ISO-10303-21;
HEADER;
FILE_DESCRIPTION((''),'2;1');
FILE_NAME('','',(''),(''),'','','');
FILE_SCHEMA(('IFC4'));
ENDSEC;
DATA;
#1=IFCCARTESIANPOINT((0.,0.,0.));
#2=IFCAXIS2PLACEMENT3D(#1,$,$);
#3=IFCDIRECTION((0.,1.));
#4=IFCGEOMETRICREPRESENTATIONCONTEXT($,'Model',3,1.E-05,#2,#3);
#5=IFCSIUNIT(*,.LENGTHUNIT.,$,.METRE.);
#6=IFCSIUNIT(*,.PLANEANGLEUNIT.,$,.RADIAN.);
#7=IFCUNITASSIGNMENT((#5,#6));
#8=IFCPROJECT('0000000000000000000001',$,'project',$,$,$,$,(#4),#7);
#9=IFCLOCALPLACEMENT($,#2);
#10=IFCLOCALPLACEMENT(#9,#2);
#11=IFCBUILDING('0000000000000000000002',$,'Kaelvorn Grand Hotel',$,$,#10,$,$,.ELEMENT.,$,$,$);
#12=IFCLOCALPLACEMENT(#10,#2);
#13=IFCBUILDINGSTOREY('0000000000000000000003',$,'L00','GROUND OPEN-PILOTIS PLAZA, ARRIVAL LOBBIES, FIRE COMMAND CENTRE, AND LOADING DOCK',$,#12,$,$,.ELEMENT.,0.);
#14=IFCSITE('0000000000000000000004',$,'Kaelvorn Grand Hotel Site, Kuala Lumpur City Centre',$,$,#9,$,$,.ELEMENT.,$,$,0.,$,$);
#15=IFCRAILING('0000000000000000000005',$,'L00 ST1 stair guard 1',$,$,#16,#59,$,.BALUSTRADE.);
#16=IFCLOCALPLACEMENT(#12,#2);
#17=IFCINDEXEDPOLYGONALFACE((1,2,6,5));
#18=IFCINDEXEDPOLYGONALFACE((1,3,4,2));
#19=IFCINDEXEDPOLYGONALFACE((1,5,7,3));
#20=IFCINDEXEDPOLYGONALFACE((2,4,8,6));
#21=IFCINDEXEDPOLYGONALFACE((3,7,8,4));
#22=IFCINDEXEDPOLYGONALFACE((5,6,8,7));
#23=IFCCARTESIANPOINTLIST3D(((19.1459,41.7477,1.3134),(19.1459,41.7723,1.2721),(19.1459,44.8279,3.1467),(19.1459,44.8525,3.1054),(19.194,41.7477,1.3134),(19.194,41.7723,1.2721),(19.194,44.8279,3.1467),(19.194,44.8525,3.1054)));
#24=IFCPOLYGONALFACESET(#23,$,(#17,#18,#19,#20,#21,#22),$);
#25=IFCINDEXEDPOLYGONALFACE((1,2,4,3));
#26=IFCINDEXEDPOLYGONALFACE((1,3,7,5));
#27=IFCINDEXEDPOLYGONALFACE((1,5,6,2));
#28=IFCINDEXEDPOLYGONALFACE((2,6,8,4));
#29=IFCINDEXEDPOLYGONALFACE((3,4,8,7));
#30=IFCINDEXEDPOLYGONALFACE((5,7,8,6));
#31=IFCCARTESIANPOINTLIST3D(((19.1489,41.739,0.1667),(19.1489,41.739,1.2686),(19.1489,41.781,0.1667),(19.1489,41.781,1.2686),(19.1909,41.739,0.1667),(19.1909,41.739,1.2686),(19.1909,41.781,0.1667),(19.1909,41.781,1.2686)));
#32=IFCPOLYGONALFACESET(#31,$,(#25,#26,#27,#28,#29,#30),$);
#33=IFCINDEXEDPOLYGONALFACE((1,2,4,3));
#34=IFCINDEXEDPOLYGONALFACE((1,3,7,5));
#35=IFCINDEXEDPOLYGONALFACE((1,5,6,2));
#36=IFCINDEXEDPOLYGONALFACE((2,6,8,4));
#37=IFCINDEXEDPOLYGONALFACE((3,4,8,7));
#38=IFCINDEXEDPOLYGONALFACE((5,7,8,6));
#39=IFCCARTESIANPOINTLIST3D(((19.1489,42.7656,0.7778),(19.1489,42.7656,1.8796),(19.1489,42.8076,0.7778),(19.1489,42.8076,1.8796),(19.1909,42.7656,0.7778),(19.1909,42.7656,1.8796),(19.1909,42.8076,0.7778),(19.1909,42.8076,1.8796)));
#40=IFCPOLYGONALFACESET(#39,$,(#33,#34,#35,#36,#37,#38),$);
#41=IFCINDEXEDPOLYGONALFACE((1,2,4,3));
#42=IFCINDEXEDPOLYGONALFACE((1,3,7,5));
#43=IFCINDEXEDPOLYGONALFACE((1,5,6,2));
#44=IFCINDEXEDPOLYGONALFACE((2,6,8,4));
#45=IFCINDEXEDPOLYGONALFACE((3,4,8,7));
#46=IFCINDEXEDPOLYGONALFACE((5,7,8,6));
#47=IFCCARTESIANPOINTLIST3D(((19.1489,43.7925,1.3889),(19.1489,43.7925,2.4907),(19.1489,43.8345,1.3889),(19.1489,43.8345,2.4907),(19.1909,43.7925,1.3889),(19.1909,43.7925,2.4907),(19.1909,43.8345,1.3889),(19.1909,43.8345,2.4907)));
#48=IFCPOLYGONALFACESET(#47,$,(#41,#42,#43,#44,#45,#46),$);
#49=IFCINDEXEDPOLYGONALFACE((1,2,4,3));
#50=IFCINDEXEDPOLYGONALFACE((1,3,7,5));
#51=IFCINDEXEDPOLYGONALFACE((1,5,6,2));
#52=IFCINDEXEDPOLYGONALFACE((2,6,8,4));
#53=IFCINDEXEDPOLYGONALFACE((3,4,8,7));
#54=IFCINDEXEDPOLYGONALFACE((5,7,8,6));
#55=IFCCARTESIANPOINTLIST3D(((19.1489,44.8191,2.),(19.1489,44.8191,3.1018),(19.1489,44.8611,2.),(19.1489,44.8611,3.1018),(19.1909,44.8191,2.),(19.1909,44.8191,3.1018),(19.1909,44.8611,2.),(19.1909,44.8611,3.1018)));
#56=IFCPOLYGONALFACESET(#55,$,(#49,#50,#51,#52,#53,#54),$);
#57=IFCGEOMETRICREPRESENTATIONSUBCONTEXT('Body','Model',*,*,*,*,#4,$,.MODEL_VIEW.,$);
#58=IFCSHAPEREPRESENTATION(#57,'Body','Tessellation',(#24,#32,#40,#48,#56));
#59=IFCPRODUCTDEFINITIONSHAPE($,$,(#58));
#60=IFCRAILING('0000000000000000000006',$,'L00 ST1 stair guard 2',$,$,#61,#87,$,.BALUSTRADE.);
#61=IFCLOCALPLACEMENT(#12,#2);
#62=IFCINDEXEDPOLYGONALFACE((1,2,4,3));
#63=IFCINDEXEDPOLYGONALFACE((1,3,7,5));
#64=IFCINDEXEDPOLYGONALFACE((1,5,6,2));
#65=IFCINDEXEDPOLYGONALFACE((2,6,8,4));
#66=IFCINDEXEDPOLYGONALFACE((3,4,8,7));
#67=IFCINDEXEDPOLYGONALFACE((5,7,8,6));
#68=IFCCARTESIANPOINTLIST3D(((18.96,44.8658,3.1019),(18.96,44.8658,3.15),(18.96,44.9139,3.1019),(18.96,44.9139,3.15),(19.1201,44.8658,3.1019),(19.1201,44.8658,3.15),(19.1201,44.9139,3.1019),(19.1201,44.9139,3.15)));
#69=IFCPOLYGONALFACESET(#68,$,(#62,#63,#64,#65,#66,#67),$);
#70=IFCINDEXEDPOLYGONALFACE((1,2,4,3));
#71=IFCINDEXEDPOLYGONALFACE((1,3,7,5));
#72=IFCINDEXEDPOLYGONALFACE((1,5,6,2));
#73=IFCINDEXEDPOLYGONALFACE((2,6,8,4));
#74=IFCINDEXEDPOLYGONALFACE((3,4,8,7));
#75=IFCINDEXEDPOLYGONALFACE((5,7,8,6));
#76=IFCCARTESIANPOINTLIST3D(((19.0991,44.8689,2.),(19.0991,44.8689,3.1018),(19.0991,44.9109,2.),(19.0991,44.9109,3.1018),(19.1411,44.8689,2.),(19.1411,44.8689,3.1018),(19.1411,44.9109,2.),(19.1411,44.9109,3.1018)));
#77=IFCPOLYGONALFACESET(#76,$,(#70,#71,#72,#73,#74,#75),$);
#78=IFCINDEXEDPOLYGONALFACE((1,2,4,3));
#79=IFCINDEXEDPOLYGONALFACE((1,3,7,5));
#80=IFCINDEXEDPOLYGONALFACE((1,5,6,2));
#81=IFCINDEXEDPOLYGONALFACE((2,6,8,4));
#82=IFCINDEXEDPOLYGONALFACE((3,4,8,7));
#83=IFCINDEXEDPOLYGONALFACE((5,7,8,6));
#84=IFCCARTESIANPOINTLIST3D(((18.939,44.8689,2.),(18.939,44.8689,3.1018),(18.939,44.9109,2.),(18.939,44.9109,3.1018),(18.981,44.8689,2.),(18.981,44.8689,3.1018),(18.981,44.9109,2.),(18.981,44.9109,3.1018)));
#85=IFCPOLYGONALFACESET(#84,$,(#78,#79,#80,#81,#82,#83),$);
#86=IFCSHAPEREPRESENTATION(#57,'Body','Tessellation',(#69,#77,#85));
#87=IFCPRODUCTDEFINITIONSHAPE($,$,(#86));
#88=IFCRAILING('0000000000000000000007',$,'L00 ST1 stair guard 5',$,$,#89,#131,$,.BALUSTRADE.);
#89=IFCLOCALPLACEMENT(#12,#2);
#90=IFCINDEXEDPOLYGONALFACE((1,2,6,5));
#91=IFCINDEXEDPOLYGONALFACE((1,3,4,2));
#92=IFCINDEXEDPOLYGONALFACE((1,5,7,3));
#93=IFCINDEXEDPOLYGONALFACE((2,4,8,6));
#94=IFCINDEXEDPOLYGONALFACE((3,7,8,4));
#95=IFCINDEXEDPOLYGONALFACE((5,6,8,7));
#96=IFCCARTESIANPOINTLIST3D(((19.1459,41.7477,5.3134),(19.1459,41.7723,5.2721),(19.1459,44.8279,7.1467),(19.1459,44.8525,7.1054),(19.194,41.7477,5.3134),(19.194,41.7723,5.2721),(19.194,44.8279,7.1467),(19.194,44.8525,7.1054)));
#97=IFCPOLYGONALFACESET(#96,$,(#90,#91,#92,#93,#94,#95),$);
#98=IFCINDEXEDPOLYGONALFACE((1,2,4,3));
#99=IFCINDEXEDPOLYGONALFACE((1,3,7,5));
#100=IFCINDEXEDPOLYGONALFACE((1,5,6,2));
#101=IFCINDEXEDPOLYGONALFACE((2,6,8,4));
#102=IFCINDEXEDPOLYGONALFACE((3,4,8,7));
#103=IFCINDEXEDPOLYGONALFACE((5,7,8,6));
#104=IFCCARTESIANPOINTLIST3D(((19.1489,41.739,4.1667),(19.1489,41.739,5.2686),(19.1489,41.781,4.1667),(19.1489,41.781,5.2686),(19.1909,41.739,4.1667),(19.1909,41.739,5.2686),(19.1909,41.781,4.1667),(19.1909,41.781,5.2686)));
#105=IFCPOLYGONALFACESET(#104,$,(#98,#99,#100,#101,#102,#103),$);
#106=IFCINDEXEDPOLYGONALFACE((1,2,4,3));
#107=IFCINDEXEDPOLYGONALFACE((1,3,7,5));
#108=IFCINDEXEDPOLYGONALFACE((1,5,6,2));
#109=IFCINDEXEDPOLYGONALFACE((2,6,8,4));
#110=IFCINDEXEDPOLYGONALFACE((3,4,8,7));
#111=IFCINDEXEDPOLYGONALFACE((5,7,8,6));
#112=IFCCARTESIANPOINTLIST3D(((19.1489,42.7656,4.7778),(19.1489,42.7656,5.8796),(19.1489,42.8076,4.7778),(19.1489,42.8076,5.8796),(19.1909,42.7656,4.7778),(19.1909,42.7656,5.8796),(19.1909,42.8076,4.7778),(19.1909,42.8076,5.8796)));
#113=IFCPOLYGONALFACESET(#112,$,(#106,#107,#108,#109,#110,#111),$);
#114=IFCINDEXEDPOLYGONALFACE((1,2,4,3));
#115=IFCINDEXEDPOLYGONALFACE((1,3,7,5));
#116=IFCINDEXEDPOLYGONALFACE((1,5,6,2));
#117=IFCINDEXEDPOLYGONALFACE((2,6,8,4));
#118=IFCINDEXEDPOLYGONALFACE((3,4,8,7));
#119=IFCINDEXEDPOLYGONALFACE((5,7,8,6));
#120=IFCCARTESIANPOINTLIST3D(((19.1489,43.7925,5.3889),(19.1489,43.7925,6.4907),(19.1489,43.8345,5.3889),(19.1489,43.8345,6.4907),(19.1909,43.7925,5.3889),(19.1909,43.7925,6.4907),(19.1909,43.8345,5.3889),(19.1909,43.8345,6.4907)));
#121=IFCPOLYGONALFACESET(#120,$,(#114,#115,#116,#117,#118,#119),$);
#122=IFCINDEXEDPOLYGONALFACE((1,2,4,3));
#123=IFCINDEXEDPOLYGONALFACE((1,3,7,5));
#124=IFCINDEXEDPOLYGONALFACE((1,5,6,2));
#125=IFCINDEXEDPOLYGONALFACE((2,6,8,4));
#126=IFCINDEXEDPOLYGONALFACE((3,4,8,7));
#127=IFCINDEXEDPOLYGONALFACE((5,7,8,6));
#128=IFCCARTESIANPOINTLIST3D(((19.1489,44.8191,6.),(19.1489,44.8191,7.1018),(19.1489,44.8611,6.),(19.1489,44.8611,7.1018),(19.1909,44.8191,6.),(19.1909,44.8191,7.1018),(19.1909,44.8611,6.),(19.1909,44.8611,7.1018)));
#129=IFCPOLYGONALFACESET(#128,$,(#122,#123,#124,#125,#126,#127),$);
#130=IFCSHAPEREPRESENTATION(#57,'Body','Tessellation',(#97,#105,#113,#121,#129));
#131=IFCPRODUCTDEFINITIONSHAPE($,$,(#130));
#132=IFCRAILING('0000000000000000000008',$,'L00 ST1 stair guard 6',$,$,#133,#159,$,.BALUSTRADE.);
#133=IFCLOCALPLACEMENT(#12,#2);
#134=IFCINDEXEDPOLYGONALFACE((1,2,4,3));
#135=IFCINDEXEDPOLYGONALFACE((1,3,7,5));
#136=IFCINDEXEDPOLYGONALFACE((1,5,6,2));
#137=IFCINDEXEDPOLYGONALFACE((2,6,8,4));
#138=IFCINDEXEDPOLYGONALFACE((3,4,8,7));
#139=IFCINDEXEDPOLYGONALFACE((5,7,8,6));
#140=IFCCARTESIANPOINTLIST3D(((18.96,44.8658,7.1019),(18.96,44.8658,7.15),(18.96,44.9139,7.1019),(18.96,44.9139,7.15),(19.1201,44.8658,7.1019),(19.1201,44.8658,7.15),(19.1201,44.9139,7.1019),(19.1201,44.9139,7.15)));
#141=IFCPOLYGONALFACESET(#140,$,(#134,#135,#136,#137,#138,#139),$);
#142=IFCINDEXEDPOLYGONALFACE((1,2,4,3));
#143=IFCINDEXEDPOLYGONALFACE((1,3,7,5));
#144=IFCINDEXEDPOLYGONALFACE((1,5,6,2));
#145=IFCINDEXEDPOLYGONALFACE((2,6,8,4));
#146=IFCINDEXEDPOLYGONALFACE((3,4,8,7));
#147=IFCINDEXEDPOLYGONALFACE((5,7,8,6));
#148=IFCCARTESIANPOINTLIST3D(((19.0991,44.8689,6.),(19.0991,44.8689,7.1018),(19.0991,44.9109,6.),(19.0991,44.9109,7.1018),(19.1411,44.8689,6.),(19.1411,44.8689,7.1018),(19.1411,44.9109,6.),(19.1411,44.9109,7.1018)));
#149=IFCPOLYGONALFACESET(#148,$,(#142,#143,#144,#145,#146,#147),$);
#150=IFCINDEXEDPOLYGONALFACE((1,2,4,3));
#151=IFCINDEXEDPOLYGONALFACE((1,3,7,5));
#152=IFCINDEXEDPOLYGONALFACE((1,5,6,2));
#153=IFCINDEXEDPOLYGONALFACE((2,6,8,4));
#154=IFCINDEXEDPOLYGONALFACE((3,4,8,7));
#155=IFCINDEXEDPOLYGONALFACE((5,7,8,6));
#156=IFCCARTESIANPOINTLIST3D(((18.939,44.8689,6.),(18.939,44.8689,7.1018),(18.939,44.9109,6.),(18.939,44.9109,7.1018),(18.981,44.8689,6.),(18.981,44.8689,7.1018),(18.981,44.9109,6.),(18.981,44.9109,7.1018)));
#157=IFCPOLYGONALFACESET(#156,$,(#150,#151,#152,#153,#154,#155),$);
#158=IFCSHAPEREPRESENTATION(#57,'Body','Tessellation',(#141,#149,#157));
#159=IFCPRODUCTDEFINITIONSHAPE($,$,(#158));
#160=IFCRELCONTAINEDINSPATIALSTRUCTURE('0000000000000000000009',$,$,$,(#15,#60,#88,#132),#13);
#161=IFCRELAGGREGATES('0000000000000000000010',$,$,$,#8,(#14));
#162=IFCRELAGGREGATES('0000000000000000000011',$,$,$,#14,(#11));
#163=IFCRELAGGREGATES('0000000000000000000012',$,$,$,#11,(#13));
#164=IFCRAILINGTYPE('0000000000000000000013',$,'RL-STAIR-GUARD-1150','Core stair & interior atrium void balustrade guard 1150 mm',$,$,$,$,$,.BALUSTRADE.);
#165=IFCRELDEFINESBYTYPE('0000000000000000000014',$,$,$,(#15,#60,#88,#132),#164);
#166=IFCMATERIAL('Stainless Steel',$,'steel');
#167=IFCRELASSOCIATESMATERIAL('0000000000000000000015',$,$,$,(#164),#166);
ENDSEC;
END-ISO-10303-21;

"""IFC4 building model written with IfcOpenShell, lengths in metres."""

from ifc_helpers import new_model, si_unit, direction, frame, origin, origin_2d, place, context, subcontext, project, spatial, rectangle, extrude, material, type_object, element, save


model = new_model("IFC4")

# Units and contexts
model_context = context("Model", 3, precision=1e-05, world=origin(), true_north=direction((0.0, 1.0)))
body_context = subcontext(model_context, "Body", "Model", "MODEL_VIEW")
ifc_project = project(units=[si_unit("LENGTHUNIT", "METRE"), si_unit("PLANEANGLEUNIT", "RADIAN")], contexts=[model_context])

# Site, building, storey
site_placement = place(None, origin())
site = spatial("IfcSite", under=ifc_project, at=site_placement, Name="Kaelvorn Grand Hotel Site, Kuala Lumpur City Centre", CompositionType="ELEMENT", RefElevation=0.0)
building_placement = place(site_placement, origin())
building = spatial("IfcBuilding", under=site, at=building_placement, Name="Kaelvorn Grand Hotel", CompositionType="ELEMENT")
storey_placement = place(building_placement, origin())
storey = spatial("IfcBuildingStorey", under=building, at=storey_placement, Name="L00", Description="GROUND OPEN-PILOTIS PLAZA, ARRIVAL LOBBIES, FIRE COMMAND CENTRE, AND LOADING DOCK", CompositionType="ELEMENT", Elevation=0.0)

# Shared definitions
ifc_material_1 = material(Name="Stainless Steel", Category="steel")

# Railings
railing_type_1 = type_object("IfcRailingType", Name="RL-STAIR-GUARD-1150", Description="Core stair & interior atrium void balustrade guard 1150 mm", PredefinedType="BALUSTRADE", material=ifc_material_1)
railing_1_placement = place(storey_placement, frame((19.1699, 41.76, 0.1667)))
element("IfcRailing", 1, at=railing_1_placement, inside=storey, type_object=railing_type_1, Name="L00 ST1 stair guard 1", PredefinedType="BALUSTRADE", context=body_context, shape_type="SweptSolid", body=[
    extrude(rectangle(XDim=0.0481, YDim=0.0481, at=origin_2d()), frame((0.0, 0.0, 1.126), z_axis=(0.0, 0.859309, 0.511458), x_axis=(-1.0, 0.0, 0.0)), (0.0, 0.0, 1.0), 3.5845),
    extrude(rectangle(XDim=0.042, YDim=0.042, at=origin_2d()), origin(), (0.0, 0.0, 1.0), 1.1018),
    extrude(rectangle(XDim=0.042, YDim=0.042, at=origin_2d()), frame((0.0, 1.0266, 0.6111)), (0.0, 0.0, 1.0), 1.1018),
    extrude(rectangle(XDim=0.042, YDim=0.042, at=origin_2d()), frame((0.0, 2.0535, 1.2222)), (0.0, 0.0, 1.0), 1.1018),
    extrude(rectangle(XDim=0.042, YDim=0.042, at=origin_2d()), frame((0.0, 3.0801, 1.8333)), (0.0, 0.0, 1.0), 1.1018),
])
railing_2_placement = place(storey_placement, frame((19.1201, 44.8899, 2.0)))
element("IfcRailing", 2, at=railing_2_placement, inside=storey, type_object=railing_type_1, Name="L00 ST1 stair guard 2", PredefinedType="BALUSTRADE", context=body_context, shape_type="SweptSolid", body=[
    extrude(rectangle(XDim=0.0481, YDim=0.0481, at=origin_2d()), frame((0.0, 0.0, 1.126), z_axis=(-1.0, 0.0, 0.0), x_axis=(0.0, -1.0, 0.0)), (0.0, 0.0, 1.0), 0.1602),
    extrude(rectangle(XDim=0.042, YDim=0.042, at=origin_2d()), origin(), (0.0, 0.0, 1.0), 1.1018),
    extrude(rectangle(XDim=0.042, YDim=0.042, at=origin_2d()), frame((-0.1602, 0.0, 0.0)), (0.0, 0.0, 1.0), 1.1018),
])
railing_3_placement = place(storey_placement, frame((19.1699, 41.76, 4.1667)))
element("IfcRailing", 3, at=railing_3_placement, inside=storey, type_object=railing_type_1, Name="L00 ST1 stair guard 5", PredefinedType="BALUSTRADE", context=body_context, shape_type="SweptSolid", body=[
    extrude(rectangle(XDim=0.0481, YDim=0.0481, at=origin_2d()), frame((0.0, 0.0, 1.126), z_axis=(0.0, 0.859309, 0.511458), x_axis=(-1.0, 0.0, 0.0)), (0.0, 0.0, 1.0), 3.5845),
    extrude(rectangle(XDim=0.042, YDim=0.042, at=origin_2d()), origin(), (0.0, 0.0, 1.0), 1.1018),
    extrude(rectangle(XDim=0.042, YDim=0.042, at=origin_2d()), frame((0.0, 1.0266, 0.6111)), (0.0, 0.0, 1.0), 1.1018),
    extrude(rectangle(XDim=0.042, YDim=0.042, at=origin_2d()), frame((0.0, 2.0535, 1.2222)), (0.0, 0.0, 1.0), 1.1018),
    extrude(rectangle(XDim=0.042, YDim=0.042, at=origin_2d()), frame((0.0, 3.0801, 1.8333)), (0.0, 0.0, 1.0), 1.1018),
])
railing_4_placement = place(storey_placement, frame((19.1201, 44.8899, 6.0)))
element("IfcRailing", 4, at=railing_4_placement, inside=storey, type_object=railing_type_1, Name="L00 ST1 stair guard 6", PredefinedType="BALUSTRADE", context=body_context, shape_type="SweptSolid", body=[
    extrude(rectangle(XDim=0.0481, YDim=0.0481, at=origin_2d()), frame((0.0, 0.0, 1.126), z_axis=(-1.0, 0.0, 0.0), x_axis=(0.0, -1.0, 0.0)), (0.0, 0.0, 1.0), 0.1602),
    extrude(rectangle(XDim=0.042, YDim=0.042, at=origin_2d()), origin(), (0.0, 0.0, 1.0), 1.1018),
    extrude(rectangle(XDim=0.042, YDim=0.042, at=origin_2d()), frame((-0.1602, 0.0, 0.0)), (0.0, 0.0, 1.0), 1.1018),
])

save(model, "model.ifc")
